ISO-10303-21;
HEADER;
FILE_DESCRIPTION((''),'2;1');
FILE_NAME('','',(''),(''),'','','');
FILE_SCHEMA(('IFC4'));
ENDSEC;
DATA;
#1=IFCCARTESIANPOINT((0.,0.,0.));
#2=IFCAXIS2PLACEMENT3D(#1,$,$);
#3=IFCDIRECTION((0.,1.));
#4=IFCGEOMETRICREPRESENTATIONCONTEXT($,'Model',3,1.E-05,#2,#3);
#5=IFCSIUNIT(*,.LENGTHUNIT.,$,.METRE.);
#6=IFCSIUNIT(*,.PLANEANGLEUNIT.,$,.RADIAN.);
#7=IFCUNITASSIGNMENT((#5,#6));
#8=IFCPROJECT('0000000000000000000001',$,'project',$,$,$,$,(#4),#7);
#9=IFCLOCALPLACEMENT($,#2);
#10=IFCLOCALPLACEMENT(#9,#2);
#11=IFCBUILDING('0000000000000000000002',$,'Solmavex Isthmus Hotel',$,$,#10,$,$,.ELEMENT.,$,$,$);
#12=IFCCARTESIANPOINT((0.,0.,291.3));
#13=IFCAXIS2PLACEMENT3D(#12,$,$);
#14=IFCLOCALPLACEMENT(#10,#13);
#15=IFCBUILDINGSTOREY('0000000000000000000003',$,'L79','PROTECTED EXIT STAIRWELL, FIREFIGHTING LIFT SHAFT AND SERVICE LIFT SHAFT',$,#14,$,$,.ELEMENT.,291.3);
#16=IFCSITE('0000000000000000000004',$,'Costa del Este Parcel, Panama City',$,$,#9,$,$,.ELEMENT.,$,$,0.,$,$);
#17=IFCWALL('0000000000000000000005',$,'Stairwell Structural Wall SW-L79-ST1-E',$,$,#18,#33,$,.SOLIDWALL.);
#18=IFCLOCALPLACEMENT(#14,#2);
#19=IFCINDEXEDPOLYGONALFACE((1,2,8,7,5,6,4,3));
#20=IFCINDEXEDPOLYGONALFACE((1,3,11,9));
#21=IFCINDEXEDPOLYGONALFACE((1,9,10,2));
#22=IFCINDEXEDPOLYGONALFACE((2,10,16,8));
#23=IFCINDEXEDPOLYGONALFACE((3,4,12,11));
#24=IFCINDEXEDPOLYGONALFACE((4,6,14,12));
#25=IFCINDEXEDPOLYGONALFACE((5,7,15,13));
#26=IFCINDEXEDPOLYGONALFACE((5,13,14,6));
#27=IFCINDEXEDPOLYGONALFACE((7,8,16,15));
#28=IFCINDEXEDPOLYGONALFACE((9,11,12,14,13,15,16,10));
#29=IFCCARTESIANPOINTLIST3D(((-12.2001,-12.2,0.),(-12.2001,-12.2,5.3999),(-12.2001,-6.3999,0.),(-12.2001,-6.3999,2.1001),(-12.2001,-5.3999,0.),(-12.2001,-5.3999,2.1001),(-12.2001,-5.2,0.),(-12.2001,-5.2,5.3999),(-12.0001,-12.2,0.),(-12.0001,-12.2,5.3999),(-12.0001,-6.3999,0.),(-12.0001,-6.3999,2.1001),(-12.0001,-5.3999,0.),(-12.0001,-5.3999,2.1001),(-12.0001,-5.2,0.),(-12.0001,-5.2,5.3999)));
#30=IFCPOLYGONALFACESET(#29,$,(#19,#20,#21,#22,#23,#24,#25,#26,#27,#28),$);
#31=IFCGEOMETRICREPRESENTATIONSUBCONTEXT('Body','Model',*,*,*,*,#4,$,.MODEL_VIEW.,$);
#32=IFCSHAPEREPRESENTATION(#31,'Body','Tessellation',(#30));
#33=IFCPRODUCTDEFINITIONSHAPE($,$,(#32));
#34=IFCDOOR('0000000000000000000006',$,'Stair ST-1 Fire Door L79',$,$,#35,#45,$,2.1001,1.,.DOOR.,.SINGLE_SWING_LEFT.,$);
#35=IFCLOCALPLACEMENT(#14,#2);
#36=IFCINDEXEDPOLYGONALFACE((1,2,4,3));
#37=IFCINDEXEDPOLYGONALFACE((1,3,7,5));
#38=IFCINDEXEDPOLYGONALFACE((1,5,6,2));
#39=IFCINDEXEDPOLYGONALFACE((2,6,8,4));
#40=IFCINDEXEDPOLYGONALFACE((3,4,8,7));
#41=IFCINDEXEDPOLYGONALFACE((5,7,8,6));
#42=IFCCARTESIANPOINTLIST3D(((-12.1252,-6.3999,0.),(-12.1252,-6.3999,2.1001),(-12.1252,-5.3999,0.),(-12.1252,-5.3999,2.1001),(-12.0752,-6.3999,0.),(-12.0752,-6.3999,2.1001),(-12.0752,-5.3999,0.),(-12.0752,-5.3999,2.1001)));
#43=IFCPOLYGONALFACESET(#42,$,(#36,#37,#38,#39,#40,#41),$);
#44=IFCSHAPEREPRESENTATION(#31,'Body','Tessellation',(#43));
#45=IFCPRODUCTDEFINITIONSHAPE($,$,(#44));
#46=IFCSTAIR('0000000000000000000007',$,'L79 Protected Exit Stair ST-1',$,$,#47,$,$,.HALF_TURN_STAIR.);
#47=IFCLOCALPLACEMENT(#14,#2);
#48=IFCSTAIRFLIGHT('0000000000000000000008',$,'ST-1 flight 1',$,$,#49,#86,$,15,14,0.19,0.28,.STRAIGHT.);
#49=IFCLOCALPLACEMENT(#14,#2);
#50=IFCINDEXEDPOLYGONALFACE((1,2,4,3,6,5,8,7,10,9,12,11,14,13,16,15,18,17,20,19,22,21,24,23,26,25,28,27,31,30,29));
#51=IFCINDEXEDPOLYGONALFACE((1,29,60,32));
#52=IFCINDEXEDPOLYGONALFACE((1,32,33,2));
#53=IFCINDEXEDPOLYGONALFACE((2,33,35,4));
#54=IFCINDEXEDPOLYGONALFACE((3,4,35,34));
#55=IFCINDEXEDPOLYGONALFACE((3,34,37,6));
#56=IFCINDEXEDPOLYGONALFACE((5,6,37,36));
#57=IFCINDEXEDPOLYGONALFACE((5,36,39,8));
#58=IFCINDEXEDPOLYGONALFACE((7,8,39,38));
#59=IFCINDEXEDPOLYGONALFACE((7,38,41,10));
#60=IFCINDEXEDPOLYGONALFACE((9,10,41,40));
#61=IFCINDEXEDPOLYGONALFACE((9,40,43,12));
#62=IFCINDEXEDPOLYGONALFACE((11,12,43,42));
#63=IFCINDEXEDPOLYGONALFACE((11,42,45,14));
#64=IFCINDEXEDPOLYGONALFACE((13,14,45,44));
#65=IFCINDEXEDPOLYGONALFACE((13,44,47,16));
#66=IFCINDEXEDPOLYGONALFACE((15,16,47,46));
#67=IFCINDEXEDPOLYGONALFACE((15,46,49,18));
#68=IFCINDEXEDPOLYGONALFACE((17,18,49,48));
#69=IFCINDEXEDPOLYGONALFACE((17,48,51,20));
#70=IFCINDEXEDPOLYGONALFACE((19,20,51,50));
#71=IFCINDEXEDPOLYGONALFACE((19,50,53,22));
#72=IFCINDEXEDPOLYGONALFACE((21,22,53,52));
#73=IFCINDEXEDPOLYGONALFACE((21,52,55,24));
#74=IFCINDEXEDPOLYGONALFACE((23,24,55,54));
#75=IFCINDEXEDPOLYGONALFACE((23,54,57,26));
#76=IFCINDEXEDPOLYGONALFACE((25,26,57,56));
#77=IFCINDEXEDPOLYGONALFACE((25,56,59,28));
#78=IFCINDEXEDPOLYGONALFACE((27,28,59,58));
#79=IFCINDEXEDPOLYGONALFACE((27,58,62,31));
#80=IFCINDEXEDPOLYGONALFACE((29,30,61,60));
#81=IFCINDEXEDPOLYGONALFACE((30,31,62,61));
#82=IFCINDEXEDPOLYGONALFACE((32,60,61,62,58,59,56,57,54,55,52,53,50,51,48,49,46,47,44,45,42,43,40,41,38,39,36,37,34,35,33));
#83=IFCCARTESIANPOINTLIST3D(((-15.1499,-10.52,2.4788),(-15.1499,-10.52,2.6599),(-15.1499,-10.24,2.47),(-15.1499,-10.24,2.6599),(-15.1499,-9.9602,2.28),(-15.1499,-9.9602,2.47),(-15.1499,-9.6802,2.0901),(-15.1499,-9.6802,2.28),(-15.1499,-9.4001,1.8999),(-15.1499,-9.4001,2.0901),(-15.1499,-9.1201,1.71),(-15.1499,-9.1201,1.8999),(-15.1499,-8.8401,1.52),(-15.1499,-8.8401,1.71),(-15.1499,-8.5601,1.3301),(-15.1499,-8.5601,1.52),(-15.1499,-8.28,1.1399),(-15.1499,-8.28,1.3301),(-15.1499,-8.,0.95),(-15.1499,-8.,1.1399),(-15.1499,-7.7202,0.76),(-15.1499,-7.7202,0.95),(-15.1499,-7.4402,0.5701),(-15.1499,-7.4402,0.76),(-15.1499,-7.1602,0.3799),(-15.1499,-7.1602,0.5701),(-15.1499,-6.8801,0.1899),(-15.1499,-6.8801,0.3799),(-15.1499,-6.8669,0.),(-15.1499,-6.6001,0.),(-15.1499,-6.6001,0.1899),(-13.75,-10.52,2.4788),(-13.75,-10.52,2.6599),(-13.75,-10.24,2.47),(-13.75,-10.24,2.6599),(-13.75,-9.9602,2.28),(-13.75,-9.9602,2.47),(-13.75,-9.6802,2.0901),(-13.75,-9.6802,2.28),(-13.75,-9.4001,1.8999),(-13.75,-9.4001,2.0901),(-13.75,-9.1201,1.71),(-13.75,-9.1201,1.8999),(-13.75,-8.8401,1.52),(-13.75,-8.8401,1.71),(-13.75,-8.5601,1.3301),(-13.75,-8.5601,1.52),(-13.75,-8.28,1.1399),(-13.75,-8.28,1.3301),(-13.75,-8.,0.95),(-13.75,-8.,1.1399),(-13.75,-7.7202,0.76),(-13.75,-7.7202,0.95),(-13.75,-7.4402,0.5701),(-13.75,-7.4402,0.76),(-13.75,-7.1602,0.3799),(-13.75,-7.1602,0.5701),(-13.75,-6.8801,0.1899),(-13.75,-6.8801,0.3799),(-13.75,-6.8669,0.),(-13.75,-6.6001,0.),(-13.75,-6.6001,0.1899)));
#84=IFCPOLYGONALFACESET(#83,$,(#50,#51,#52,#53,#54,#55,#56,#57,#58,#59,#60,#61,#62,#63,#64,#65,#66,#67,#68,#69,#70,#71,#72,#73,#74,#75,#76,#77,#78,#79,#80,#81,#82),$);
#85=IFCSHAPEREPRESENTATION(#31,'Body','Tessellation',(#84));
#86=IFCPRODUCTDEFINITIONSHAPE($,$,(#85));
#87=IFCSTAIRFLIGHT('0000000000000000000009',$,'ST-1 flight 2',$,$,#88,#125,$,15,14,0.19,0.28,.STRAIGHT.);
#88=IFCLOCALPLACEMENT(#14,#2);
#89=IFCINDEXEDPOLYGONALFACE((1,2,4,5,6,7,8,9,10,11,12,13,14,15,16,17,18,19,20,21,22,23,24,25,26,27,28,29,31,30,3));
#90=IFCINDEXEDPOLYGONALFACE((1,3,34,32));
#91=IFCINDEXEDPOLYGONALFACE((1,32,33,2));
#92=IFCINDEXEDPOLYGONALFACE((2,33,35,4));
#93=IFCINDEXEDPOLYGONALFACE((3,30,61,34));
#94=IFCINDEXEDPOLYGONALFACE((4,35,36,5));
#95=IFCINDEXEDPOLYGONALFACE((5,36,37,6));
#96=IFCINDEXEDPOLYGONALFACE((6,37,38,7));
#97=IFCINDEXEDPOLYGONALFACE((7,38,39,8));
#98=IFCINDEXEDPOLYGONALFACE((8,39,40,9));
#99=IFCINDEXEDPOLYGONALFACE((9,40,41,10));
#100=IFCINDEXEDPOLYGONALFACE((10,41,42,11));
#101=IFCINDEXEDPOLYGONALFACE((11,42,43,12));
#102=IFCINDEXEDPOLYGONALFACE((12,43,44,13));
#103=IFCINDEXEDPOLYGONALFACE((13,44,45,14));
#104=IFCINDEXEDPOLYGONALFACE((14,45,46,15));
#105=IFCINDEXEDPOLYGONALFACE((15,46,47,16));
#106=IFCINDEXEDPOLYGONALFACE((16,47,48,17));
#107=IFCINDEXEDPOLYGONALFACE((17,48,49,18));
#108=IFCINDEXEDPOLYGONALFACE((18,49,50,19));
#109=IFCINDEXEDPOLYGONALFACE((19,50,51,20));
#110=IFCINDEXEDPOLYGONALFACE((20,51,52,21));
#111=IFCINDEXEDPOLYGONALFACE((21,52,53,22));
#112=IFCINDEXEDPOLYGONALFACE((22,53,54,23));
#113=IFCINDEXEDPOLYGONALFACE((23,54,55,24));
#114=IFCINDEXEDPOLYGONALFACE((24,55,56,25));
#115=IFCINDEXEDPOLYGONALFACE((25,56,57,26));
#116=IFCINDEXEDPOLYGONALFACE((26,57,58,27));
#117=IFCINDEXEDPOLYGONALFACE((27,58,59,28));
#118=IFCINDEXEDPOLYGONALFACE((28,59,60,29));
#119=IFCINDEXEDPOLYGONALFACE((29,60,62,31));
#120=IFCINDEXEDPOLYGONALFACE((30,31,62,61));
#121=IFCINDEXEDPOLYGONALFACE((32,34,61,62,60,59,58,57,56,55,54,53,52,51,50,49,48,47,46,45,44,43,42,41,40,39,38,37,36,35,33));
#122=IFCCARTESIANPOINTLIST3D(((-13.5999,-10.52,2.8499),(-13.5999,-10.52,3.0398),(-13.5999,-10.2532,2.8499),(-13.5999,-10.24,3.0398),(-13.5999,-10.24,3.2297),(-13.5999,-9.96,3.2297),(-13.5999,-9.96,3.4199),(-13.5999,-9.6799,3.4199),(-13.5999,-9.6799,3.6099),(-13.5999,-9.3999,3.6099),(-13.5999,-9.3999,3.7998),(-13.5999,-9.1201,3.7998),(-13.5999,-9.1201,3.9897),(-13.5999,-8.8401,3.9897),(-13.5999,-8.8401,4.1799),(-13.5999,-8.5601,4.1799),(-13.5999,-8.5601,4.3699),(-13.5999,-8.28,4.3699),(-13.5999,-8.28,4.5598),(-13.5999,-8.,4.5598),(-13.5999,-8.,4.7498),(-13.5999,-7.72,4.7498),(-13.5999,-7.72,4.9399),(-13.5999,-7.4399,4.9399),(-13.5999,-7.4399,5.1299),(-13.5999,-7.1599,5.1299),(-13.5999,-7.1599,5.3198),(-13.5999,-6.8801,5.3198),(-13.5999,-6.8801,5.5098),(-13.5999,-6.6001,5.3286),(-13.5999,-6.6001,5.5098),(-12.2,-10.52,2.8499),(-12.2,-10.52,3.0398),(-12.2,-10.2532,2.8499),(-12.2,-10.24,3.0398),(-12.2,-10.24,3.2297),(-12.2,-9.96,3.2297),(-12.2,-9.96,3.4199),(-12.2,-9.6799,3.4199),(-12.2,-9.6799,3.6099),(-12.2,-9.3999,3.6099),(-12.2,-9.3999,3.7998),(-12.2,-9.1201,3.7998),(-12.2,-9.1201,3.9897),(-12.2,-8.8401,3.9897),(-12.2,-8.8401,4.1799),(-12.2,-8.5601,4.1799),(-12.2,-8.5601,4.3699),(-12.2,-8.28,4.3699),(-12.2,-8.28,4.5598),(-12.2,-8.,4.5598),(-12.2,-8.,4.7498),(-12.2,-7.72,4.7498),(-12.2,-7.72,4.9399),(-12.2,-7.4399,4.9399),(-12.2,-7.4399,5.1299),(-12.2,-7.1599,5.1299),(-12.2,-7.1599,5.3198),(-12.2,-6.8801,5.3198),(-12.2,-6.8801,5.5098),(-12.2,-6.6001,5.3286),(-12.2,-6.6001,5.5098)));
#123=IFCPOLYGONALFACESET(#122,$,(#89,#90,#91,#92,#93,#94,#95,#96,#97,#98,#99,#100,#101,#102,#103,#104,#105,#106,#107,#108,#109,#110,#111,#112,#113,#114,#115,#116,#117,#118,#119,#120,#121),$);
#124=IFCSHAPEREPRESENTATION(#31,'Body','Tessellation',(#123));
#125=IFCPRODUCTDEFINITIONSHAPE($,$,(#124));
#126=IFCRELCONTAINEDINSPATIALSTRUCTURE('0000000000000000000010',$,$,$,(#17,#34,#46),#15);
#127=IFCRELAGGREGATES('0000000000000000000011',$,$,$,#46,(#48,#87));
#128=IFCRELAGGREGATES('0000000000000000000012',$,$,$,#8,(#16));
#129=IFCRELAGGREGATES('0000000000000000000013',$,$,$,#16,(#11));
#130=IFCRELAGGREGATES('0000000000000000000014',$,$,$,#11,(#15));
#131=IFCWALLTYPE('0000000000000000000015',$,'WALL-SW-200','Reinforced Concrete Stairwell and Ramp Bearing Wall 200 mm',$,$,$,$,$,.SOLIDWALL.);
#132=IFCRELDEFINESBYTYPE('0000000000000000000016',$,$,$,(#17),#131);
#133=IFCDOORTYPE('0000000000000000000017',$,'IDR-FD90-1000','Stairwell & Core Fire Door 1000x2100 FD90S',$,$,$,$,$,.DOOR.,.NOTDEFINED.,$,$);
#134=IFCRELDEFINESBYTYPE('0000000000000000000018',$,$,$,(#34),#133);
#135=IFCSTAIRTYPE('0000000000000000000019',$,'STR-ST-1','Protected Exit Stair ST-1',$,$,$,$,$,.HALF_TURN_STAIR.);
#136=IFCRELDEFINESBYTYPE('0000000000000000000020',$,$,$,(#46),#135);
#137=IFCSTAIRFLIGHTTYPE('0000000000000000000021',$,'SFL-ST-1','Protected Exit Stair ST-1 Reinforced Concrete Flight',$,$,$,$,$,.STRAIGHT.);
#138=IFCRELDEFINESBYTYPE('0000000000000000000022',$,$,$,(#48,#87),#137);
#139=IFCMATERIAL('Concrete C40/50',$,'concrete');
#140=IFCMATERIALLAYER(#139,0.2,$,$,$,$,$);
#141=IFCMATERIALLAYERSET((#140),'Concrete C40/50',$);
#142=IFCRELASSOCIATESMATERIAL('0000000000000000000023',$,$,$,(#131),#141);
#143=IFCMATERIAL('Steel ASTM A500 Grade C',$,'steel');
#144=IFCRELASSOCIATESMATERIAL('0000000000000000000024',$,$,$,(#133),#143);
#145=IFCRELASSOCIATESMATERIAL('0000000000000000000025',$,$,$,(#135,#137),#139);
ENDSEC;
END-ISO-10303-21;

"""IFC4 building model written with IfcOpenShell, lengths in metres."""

from ifc_helpers import new_model, si_unit, direction, frame, frame_2d, origin, place, context, subcontext, project, spatial, polyline, rectangle, outline, extrude, material, layer, layer_set, type_object, element, fill, aggregate, save


model = new_model("IFC4")

# Units and contexts
model_context = context("Model", 3, precision=1e-05, world=origin(), true_north=direction((0.0, 1.0)))
body_context = subcontext(model_context, "Body", "Model", "MODEL_VIEW")
ifc_project = project(units=[si_unit("LENGTHUNIT", "METRE"), si_unit("PLANEANGLEUNIT", "RADIAN")], contexts=[model_context])

# Site, building, storey
site_placement = place(None, origin())
site = spatial("IfcSite", under=ifc_project, at=site_placement, Name="Costa del Este Parcel, Panama City", CompositionType="ELEMENT", RefElevation=0.0)
building_placement = place(site_placement, origin())
building = spatial("IfcBuilding", under=site, at=building_placement, Name="Solmavex Isthmus Hotel", CompositionType="ELEMENT")
storey_placement = place(building_placement, frame((0.0, 0.0, 291.3)))
storey = spatial("IfcBuildingStorey", under=building, at=storey_placement, Name="L79", Description="PROTECTED EXIT STAIRWELL, FIREFIGHTING LIFT SHAFT AND SERVICE LIFT SHAFT", CompositionType="ELEMENT", Elevation=291.3)

# Shared definitions
ifc_material_1 = material(Name="Concrete C40/50", Category="concrete")
ifc_material_2 = material(Name="Steel ASTM A500 Grade C", Category="steel")

# Wall, opening, door
ifc_layer_1 = layer(ifc_material_1, 0.2)
ifc_layer_set_1 = layer_set([ifc_layer_1], Name="Concrete C40/50")
wall_type_1 = type_object("IfcWallType", Name="WALL-SW-200", Description="Reinforced Concrete Stairwell and Ramp Bearing Wall 200 mm", PredefinedType="SOLIDWALL", material=ifc_layer_set_1)
wall_1_placement = place(storey_placement, frame((-12.1001, -12.2, 0.0), z_axis=(0.0, 0.0, 1.0), x_axis=(0.0, 1.0, 0.0)))
wall_1 = element("IfcWall", 1, at=wall_1_placement, inside=storey, type_object=wall_type_1, Name="Stairwell Structural Wall SW-L79-ST1-E", PredefinedType="SOLIDWALL", context=body_context, shape_type="SweptSolid", body=[
    extrude(rectangle(XDim=7.0, YDim=0.2, at=frame_2d((3.5, 0.0))), origin(), (0.0, 0.0, 1.0), 5.3999),
])
opening_1_placement = place(wall_1_placement, frame((5.8, 0.0, 0.0)))
opening_1 = element("IfcOpeningElement", 2, at=opening_1_placement, cuts=wall_1, PredefinedType="OPENING", context=body_context, shape_type="SweptSolid", body=[
    extrude(rectangle(XDim=1.0, YDim=2.1001, at=frame_2d((0.5, 1.05))), frame((0.0, 0.1099, 0.0), z_axis=(0.0, -1.0, 0.0), x_axis=(1.0, 0.0, 0.0)), (0.0, 0.0, 1.0), 0.22),
])
door_type_1 = type_object("IfcDoorType", Name="IDR-FD90-1000", Description="Stairwell & Core Fire Door 1000x2100 FD90S", OperationType="NOTDEFINED", PredefinedType="DOOR", material=ifc_material_2)
door_1_placement = place(opening_1_placement, frame((1.0, 0.0, 0.0), z_axis=(0.0, 0.0, 1.0), x_axis=(-1.0, 0.0, 0.0)))
door_1 = element("IfcDoor", 3, at=door_1_placement, inside=storey, type_object=door_type_1, Name="Stair ST-1 Fire Door L79", OperationType="SINGLE_SWING_LEFT", OverallHeight=2.1001, OverallWidth=1.0, PredefinedType="DOOR", context=body_context, shape_type="SweptSolid", body=[
    extrude(rectangle(XDim=1.0, YDim=2.1001, at=frame_2d((0.5, 1.05))), frame((0.0, 0.0249, 0.0), z_axis=(0.0, -1.0, 0.0), x_axis=(1.0, 0.0, 0.0)), (0.0, 0.0, 1.0), 0.05),
])
fill(opening_1, door_1)

# Stair, stair flights
stair_type = type_object("IfcStairType", Name="STR-ST-1", Description="Protected Exit Stair ST-1", PredefinedType="HALF_TURN_STAIR", material=ifc_material_1)
stair_placement = place(storey_placement, origin())
stair = element("IfcStair", 4, at=stair_placement, inside=storey, type_object=stair_type, Name="L79 Protected Exit Stair ST-1", PredefinedType="HALF_TURN_STAIR")
stair_flight_type = type_object("IfcStairFlightType", Name="SFL-ST-1", Description="Protected Exit Stair ST-1 Reinforced Concrete Flight", PredefinedType="STRAIGHT", material=ifc_material_1)
stair_flight_1_placement = place(storey_placement, frame((-14.45, -6.6001, 0.0), z_axis=(0.0, 0.0, 1.0), x_axis=(0.0, -1.0, 0.0)))
stair_flight_1 = element("IfcStairFlight", 5, at=stair_flight_1_placement, type_object=stair_flight_type, Name="ST-1 flight 1", NumberOfRisers=15, NumberOfTreads=14, PredefinedType="STRAIGHT", RiserHeight=0.19, TreadLength=0.28, context=body_context, shape_type="SweptSolid", body=[
    extrude(outline(polyline([(0.0, 0.0), (0.0, 0.1899), (0.28, 0.1899), (0.28, 0.3799), (0.5601, 0.3799), (0.5601, 0.5701), (0.8401, 0.5701), (0.8401, 0.76), (1.1201, 0.76), (1.1201, 0.95), (1.3999, 0.95), (1.3999, 1.1399), (1.6799, 1.1399), (1.6799, 1.3301), (1.96, 1.3301), (1.96, 1.52), (2.24, 1.52), (2.24, 1.71), (2.52, 1.71), (2.52, 1.8999), (2.8, 1.8999), (2.8, 2.0901), (3.0801, 2.0901), (3.0801, 2.28), (3.3601, 2.28), (3.3601, 2.47), (3.6399, 2.47), (3.6399, 2.6599), (3.9199, 2.6599), (3.9199, 2.8501), (3.9199, 2.4788), (0.2668, 0.0), (0.0, 0.0)])), frame((0.0, 0.7, 0.0), z_axis=(0.0, -1.0, 0.0), x_axis=(1.0, 0.0, 0.0)), (0.0, 0.0, 1.0), 1.3999),
])
stair_flight_2_placement = place(storey_placement, frame((-12.8999, -10.52, 2.8499), z_axis=(0.0, 0.0, 1.0), x_axis=(0.0, 1.0, 0.0)))
stair_flight_2 = element("IfcStairFlight", 6, at=stair_flight_2_placement, type_object=stair_flight_type, Name="ST-1 flight 2", NumberOfRisers=15, NumberOfTreads=14, PredefinedType="STRAIGHT", RiserHeight=0.19, TreadLength=0.28, context=body_context, shape_type="SweptSolid", body=[
    extrude(outline(polyline([(0.0, 0.0), (0.0, 0.1899), (0.28, 0.1899), (0.28, 0.3799), (0.5601, 0.3799), (0.5601, 0.5701), (0.8401, 0.5701), (0.8401, 0.76), (1.1201, 0.76), (1.1201, 0.95), (1.3999, 0.95), (1.3999, 1.1399), (1.6799, 1.1399), (1.6799, 1.3301), (1.96, 1.3301), (1.96, 1.52), (2.24, 1.52), (2.24, 1.71), (2.52, 1.71), (2.52, 1.8999), (2.8, 1.8999), (2.8, 2.0901), (3.0801, 2.0901), (3.0801, 2.28), (3.3601, 2.28), (3.3601, 2.47), (3.6399, 2.47), (3.6399, 2.6599), (3.9199, 2.6599), (3.9199, 2.8501), (3.9199, 2.4788), (0.2668, 0.0), (0.0, 0.0)])), frame((0.0, 0.7, 0.0), z_axis=(0.0, -1.0, 0.0), x_axis=(1.0, 0.0, 0.0)), (0.0, 0.0, 1.0), 1.3999),
])
aggregate(stair, [stair_flight_1, stair_flight_2])

save(model, "model.ifc")
